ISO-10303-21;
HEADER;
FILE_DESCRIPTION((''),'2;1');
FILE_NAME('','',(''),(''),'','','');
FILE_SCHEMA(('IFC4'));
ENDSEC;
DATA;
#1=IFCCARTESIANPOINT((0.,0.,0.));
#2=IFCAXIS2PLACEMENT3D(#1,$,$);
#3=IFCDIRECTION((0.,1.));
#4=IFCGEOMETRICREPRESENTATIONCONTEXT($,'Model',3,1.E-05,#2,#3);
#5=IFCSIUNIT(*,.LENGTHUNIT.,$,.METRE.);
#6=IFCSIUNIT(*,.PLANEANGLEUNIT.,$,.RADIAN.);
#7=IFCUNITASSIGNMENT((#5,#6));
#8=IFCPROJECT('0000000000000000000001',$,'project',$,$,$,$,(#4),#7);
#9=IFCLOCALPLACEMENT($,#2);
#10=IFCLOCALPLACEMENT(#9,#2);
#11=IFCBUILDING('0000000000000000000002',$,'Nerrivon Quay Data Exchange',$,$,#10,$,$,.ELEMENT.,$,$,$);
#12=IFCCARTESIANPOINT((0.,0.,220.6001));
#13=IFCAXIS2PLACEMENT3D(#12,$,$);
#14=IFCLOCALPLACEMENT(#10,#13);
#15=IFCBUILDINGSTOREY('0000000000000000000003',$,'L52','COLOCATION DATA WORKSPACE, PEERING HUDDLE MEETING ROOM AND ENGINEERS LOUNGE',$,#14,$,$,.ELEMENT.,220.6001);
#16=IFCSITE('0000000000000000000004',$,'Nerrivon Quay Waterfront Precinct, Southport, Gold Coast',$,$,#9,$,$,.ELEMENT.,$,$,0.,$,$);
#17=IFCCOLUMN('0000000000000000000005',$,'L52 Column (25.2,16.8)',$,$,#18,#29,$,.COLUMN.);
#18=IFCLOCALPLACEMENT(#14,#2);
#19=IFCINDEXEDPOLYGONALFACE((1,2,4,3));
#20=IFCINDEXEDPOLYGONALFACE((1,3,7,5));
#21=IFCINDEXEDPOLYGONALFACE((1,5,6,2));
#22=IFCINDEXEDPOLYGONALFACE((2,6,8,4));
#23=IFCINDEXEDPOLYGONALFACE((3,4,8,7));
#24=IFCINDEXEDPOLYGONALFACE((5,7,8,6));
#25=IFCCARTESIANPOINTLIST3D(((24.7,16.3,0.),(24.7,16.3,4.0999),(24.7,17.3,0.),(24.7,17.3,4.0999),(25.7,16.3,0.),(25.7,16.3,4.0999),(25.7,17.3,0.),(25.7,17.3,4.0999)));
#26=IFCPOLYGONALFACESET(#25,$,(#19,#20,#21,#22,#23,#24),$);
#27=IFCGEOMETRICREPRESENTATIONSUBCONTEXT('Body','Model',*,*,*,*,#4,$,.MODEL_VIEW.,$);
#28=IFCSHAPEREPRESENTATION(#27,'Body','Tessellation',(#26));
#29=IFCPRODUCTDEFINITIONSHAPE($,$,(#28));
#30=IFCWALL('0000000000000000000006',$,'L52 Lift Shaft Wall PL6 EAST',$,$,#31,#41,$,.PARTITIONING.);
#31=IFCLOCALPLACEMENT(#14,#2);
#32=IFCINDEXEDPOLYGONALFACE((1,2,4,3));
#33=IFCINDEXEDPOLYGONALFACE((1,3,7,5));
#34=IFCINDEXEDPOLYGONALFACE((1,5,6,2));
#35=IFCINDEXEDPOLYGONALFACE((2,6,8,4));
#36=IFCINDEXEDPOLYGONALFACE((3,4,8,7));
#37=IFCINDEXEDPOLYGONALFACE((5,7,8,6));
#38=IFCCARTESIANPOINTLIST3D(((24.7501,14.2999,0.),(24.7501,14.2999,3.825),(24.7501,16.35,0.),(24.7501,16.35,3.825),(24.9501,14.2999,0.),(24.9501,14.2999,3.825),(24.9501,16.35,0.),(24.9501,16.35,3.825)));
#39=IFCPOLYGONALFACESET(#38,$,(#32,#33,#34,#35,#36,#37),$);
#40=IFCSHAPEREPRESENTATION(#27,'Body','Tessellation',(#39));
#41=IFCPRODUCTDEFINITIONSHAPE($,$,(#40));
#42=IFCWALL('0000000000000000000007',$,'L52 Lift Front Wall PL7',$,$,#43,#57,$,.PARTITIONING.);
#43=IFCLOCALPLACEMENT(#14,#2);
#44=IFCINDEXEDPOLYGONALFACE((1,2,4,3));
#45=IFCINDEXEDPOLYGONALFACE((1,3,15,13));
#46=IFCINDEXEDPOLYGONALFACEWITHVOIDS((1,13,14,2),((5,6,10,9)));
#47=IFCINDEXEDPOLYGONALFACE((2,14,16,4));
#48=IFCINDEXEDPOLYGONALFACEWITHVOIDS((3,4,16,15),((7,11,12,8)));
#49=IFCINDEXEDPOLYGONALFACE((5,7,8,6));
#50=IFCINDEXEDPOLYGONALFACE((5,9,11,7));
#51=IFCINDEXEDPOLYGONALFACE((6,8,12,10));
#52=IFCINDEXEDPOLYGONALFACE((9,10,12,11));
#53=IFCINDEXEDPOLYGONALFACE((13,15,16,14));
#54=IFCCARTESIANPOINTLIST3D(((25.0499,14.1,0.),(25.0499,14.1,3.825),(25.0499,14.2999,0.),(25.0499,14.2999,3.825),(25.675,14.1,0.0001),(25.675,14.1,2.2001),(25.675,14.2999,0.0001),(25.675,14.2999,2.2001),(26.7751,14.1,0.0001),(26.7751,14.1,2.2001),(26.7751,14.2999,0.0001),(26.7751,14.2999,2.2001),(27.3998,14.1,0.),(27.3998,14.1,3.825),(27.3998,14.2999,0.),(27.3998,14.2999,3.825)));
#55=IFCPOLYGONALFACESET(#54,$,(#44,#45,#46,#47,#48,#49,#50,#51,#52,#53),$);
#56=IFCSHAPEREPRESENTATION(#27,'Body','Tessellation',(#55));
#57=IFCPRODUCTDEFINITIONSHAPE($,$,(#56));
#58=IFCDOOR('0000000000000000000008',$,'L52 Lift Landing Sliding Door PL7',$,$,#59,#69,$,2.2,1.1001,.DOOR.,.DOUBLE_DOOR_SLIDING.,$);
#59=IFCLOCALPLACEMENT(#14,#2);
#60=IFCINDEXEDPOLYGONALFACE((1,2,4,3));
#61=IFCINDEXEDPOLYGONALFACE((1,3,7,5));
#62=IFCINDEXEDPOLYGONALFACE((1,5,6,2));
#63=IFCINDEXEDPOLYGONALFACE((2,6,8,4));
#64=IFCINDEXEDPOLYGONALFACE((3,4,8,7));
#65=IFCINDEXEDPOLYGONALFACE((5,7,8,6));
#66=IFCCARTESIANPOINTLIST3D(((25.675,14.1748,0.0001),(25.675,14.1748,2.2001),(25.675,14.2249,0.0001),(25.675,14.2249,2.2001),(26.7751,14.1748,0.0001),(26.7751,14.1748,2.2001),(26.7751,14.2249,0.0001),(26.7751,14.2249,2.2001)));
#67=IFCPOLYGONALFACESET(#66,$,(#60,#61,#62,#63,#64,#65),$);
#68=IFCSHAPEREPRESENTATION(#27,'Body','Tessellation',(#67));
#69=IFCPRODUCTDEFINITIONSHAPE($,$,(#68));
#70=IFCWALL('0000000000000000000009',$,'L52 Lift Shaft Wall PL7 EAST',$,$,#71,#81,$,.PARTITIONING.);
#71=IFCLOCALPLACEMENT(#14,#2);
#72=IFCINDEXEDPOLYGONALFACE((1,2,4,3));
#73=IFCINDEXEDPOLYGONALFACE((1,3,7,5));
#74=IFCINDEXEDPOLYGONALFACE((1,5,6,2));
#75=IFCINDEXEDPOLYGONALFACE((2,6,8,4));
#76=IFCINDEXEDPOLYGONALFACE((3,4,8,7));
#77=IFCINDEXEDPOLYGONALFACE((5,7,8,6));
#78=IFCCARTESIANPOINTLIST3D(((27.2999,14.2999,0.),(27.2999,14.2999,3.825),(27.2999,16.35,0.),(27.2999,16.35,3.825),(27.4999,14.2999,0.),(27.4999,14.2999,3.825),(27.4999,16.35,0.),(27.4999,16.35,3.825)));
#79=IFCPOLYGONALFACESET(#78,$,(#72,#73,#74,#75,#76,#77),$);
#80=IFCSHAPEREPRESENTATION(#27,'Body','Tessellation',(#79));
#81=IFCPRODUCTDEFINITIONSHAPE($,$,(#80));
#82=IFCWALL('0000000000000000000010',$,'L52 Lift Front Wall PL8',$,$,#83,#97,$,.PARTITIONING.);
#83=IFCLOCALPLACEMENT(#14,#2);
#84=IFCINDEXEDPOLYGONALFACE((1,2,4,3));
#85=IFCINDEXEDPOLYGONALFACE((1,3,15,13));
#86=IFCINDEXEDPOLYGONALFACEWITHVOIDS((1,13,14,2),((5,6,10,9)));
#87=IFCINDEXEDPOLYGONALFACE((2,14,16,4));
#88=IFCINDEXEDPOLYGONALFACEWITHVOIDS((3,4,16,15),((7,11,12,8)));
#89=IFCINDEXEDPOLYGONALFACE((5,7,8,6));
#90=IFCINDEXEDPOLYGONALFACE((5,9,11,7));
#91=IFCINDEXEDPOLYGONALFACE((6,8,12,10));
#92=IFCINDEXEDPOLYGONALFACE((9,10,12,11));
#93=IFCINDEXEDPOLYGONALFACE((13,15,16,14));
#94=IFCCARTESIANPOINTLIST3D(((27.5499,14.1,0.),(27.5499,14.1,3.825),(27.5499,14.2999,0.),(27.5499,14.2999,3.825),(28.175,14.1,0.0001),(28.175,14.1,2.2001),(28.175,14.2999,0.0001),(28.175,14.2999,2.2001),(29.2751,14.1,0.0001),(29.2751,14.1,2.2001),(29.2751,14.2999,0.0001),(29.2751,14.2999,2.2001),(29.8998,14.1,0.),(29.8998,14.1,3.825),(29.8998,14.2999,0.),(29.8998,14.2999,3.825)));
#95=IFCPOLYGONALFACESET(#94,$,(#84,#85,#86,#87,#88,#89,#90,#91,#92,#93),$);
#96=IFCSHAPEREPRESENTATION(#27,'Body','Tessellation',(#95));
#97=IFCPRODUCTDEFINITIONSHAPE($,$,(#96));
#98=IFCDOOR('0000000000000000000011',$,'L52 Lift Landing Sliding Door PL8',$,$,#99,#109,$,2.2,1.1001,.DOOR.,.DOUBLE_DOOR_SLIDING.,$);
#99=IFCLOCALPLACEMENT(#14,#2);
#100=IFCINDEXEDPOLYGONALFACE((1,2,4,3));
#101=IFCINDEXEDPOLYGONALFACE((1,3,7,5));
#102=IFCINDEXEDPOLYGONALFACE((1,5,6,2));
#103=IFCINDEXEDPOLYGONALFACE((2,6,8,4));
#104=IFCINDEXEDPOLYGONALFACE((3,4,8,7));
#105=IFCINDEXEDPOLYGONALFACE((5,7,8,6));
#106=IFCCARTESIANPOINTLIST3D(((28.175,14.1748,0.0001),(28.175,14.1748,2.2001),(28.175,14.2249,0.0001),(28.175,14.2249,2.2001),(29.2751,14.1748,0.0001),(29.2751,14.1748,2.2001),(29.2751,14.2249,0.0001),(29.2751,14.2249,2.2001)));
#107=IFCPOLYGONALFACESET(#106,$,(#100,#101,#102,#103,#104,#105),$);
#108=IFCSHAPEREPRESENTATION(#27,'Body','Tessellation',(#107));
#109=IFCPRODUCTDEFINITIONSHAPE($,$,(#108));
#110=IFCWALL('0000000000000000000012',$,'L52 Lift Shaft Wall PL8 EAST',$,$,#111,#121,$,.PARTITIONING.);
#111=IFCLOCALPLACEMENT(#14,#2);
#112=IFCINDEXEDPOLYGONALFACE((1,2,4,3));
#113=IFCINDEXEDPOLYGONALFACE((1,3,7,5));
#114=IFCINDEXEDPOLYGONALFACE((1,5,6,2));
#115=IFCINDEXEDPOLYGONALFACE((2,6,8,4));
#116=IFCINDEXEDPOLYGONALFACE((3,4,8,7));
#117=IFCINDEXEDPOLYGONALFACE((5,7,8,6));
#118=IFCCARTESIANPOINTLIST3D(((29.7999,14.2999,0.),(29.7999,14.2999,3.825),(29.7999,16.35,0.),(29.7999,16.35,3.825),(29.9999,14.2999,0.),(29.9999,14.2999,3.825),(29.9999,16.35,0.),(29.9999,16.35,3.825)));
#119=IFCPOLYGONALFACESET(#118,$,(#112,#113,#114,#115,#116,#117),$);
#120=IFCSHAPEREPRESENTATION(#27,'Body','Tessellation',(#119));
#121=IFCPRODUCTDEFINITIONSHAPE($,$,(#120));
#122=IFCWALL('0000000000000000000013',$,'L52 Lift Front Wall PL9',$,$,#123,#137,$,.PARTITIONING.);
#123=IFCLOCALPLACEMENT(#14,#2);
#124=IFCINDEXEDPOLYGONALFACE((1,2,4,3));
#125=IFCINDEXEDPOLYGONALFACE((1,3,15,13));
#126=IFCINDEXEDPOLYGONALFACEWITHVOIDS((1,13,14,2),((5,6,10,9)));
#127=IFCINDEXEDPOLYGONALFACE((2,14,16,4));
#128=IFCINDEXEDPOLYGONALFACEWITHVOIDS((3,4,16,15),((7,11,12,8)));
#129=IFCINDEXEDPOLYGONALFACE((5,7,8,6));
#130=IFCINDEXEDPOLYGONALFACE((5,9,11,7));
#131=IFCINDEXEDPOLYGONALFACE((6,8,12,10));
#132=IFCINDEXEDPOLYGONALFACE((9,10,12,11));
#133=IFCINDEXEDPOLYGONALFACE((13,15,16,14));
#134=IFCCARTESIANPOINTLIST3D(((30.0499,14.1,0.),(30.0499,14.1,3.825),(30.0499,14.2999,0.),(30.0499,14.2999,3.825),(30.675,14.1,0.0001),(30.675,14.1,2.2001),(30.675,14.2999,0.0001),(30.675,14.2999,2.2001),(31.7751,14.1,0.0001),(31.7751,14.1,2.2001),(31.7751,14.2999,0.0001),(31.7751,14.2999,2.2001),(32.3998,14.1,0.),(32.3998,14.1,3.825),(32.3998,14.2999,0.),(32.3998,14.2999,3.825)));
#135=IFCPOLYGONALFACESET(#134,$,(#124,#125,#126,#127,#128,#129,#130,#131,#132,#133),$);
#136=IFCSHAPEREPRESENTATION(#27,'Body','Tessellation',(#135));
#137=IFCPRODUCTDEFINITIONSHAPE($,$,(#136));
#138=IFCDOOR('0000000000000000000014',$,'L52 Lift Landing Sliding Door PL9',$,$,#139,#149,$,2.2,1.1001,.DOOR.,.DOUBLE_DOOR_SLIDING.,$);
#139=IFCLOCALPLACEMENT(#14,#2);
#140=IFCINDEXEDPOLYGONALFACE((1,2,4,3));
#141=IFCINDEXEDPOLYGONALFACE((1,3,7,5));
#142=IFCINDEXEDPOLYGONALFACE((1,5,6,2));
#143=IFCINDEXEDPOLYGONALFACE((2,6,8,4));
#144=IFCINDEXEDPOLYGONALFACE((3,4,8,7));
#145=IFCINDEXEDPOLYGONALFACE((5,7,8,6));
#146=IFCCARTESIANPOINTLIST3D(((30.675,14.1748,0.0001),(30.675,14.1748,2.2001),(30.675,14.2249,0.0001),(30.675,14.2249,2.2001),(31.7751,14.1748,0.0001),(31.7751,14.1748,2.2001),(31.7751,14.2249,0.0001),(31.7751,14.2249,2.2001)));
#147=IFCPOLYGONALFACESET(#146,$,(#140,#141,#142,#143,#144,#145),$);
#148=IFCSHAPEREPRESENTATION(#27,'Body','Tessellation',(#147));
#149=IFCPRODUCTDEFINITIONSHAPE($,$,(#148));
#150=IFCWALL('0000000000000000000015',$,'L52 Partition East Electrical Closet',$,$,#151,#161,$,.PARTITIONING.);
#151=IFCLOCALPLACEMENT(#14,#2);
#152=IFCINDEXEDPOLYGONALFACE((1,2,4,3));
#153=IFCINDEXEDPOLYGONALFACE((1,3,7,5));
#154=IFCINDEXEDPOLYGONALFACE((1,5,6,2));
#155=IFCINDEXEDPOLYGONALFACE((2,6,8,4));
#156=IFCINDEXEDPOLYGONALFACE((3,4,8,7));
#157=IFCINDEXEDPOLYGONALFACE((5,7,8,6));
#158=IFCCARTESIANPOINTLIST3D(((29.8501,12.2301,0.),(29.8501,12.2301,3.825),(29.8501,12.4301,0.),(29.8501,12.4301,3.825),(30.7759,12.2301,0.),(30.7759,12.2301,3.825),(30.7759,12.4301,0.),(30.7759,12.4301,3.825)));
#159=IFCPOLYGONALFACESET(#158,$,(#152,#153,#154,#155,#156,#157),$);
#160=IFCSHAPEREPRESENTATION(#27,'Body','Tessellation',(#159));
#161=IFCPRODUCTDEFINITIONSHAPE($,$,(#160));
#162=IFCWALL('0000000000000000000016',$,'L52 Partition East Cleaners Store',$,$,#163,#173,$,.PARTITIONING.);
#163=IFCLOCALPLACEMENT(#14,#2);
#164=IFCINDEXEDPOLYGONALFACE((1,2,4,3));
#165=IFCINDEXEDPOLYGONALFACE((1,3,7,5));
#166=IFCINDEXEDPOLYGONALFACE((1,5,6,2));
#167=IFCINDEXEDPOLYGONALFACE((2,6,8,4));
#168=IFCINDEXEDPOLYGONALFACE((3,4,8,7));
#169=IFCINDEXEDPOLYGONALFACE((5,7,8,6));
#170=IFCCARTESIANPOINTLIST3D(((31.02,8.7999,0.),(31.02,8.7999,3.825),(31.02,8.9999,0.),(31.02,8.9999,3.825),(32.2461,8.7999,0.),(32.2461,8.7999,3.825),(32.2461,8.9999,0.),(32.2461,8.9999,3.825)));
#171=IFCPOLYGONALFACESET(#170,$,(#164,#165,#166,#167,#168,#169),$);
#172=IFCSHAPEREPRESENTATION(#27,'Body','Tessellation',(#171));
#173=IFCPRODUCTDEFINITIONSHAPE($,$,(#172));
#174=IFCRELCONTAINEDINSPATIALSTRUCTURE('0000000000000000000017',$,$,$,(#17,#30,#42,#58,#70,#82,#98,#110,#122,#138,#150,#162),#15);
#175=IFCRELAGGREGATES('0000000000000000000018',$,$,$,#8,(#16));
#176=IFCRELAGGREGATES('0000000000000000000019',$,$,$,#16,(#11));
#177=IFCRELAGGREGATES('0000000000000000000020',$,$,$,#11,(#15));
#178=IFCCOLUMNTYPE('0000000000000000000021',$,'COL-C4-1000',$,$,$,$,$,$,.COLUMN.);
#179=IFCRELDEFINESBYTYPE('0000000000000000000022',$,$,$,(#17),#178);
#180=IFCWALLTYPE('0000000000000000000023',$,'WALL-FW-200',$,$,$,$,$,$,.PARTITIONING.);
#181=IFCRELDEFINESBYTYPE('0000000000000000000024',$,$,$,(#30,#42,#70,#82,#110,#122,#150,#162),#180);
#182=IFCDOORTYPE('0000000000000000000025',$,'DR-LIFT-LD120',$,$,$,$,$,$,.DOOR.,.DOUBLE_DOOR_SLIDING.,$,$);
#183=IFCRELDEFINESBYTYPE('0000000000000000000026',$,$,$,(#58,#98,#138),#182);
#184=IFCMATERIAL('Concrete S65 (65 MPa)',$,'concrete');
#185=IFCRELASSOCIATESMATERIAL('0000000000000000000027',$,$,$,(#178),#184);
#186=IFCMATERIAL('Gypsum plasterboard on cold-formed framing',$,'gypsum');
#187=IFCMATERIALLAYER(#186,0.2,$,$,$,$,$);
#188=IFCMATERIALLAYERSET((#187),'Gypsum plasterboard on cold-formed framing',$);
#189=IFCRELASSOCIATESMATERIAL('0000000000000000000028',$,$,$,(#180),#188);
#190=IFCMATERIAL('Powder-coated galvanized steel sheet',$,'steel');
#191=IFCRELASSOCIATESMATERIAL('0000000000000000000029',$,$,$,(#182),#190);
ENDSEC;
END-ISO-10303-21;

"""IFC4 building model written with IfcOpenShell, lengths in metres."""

from ifc_helpers import new_model, si_unit, direction, frame, frame_2d, origin, origin_2d, place, context, subcontext, project, spatial, rectangle, extrude, material, layer, layer_set, material_profile, profile_set, type_object, element, fill, save


model = new_model("IFC4")

# Units and contexts
model_context = context("Model", 3, precision=1e-05, world=origin(), true_north=direction((0.0, 1.0)))
body_context = subcontext(model_context, "Body", "Model", "MODEL_VIEW")
ifc_project = project(units=[si_unit("LENGTHUNIT", "METRE"), si_unit("PLANEANGLEUNIT", "RADIAN")], contexts=[model_context])

# Site, building, storey
site_placement = place(None, origin())
site = spatial("IfcSite", under=ifc_project, at=site_placement, Name="Nerrivon Quay Waterfront Precinct, Southport, Gold Coast", CompositionType="ELEMENT", RefElevation=0.0)
building_placement = place(site_placement, origin())
building = spatial("IfcBuilding", under=site, at=building_placement, Name="Nerrivon Quay Data Exchange", CompositionType="ELEMENT")
storey_placement = place(building_placement, frame((0.0, 0.0, 220.6001)))
storey = spatial("IfcBuildingStorey", under=building, at=storey_placement, Name="L52", Description="COLOCATION DATA WORKSPACE, PEERING HUDDLE MEETING ROOM AND ENGINEERS LOUNGE", CompositionType="ELEMENT", Elevation=220.6001)

# Column
ifc_material_1 = material(Name="Concrete S65 (65 MPa)", Category="concrete")
ifc_material_profile = material_profile(ifc_material_1, rectangle(XDim=1.0, YDim=1.0, at=origin_2d()), Name="RC-COL-1000x1000")
ifc_profile_set = profile_set([ifc_material_profile], Name="Concrete S65 (65 MPa)")
column_type = type_object("IfcColumnType", Name="COL-C4-1000", PredefinedType="COLUMN", material=ifc_profile_set)
column_placement = place(storey_placement, frame((25.2, 16.8, 0.0), z_axis=(0.0, 0.0, 1.0), x_axis=(1.0, 0.0, 0.0)))
element("IfcColumn", 1, at=column_placement, inside=storey, type_object=column_type, Name="L52 Column (25.2,16.8)", PredefinedType="COLUMN", context=body_context, shape_type="SweptSolid", body=[
    extrude(rectangle(XDim=1.0, YDim=1.0, at=origin_2d()), origin(), (0.0, 0.0, 1.0), 4.0999),
])

# Wall
ifc_material_2 = material(Name="Gypsum plasterboard on cold-formed framing", Category="gypsum")
ifc_layer = layer(ifc_material_2, 0.2)
ifc_layer_set = layer_set([ifc_layer], Name="Gypsum plasterboard on cold-formed framing")
wall_type = type_object("IfcWallType", Name="WALL-FW-200", PredefinedType="PARTITIONING", material=ifc_layer_set)
wall_1_placement = place(storey_placement, frame((24.8501, 14.3, 0.0), z_axis=(0.0, 0.0, 1.0), x_axis=(0.0, 1.0, 0.0)))
element("IfcWall", 2, at=wall_1_placement, inside=storey, type_object=wall_type, Name="L52 Lift Shaft Wall PL6 EAST", PredefinedType="PARTITIONING", context=body_context, shape_type="SweptSolid", body=[
    extrude(rectangle(XDim=2.05, YDim=0.2, at=frame_2d((1.0249, 0.0))), origin(), (0.0, 0.0, 1.0), 3.825),
])

# Wall, opening, door
wall_2_placement = place(storey_placement, frame((25.05, 14.2, 0.0), z_axis=(0.0, 0.0, 1.0), x_axis=(1.0, 0.0, 0.0)))
wall_2 = element("IfcWall", 3, at=wall_2_placement, inside=storey, type_object=wall_type, Name="L52 Lift Front Wall PL7", PredefinedType="PARTITIONING", context=body_context, shape_type="SweptSolid", body=[
    extrude(rectangle(XDim=2.3499, YDim=0.2, at=frame_2d((1.1748, 0.0))), origin(), (0.0, 0.0, 1.0), 3.825),
])
opening_1_placement = place(wall_2_placement, frame((0.625, 0.0, 0.0)))
opening_1 = element("IfcOpeningElement", 4, at=opening_1_placement, cuts=wall_2, PredefinedType="OPENING", context=body_context, shape_type="SweptSolid", body=[
    extrude(rectangle(XDim=1.1001, YDim=2.2, at=frame_2d((0.55, 1.1001))), frame((0.0, 0.1099, 0.0), z_axis=(0.0, -1.0, 0.0), x_axis=(1.0, 0.0, 0.0)), (0.0, 0.0, 1.0), 0.22),
])
ifc_material_3 = material(Name="Powder-coated galvanized steel sheet", Category="steel")
door_type_1 = type_object("IfcDoorType", Name="DR-LIFT-LD120", OperationType="DOUBLE_DOOR_SLIDING", PredefinedType="DOOR", material=ifc_material_3)
door_1_placement = place(opening_1_placement, origin())
door_1 = element("IfcDoor", 5, at=door_1_placement, inside=storey, type_object=door_type_1, Name="L52 Lift Landing Sliding Door PL7", OperationType="DOUBLE_DOOR_SLIDING", OverallHeight=2.2, OverallWidth=1.1001, PredefinedType="DOOR", context=body_context, shape_type="SweptSolid", body=[
    extrude(rectangle(XDim=1.1001, YDim=2.2, at=frame_2d((0.55, 1.1001))), frame((0.0, 0.0249, 0.0), z_axis=(0.0, -1.0, 0.0), x_axis=(1.0, 0.0, 0.0)), (0.0, 0.0, 1.0), 0.05),
])
fill(opening_1, door_1)

# Wall
wall_3_placement = place(storey_placement, frame((27.3999, 14.3, 0.0), z_axis=(0.0, 0.0, 1.0), x_axis=(0.0, 1.0, 0.0)))
element("IfcWall", 6, at=wall_3_placement, inside=storey, type_object=wall_type, Name="L52 Lift Shaft Wall PL7 EAST", PredefinedType="PARTITIONING", context=body_context, shape_type="SweptSolid", body=[
    extrude(rectangle(XDim=2.05, YDim=0.2, at=frame_2d((1.0249, 0.0))), origin(), (0.0, 0.0, 1.0), 3.825),
])

# Wall, opening, door
wall_4_placement = place(storey_placement, frame((27.55, 14.2, 0.0), z_axis=(0.0, 0.0, 1.0), x_axis=(1.0, 0.0, 0.0)))
wall_4 = element("IfcWall", 7, at=wall_4_placement, inside=storey, type_object=wall_type, Name="L52 Lift Front Wall PL8", PredefinedType="PARTITIONING", context=body_context, shape_type="SweptSolid", body=[
    extrude(rectangle(XDim=2.3499, YDim=0.2, at=frame_2d((1.1748, 0.0))), origin(), (0.0, 0.0, 1.0), 3.825),
])
opening_2_placement = place(wall_4_placement, frame((0.625, 0.0, 0.0)))
opening_2 = element("IfcOpeningElement", 8, at=opening_2_placement, cuts=wall_4, PredefinedType="OPENING", context=body_context, shape_type="SweptSolid", body=[
    extrude(rectangle(XDim=1.1001, YDim=2.2, at=frame_2d((0.55, 1.1001))), frame((0.0, 0.1099, 0.0), z_axis=(0.0, -1.0, 0.0), x_axis=(1.0, 0.0, 0.0)), (0.0, 0.0, 1.0), 0.22),
])
door_2_placement = place(opening_2_placement, origin())
door_2 = element("IfcDoor", 9, at=door_2_placement, inside=storey, type_object=door_type_1, Name="L52 Lift Landing Sliding Door PL8", OperationType="DOUBLE_DOOR_SLIDING", OverallHeight=2.2, OverallWidth=1.1001, PredefinedType="DOOR", context=body_context, shape_type="SweptSolid", body=[
    extrude(rectangle(XDim=1.1001, YDim=2.2, at=frame_2d((0.55, 1.1001))), frame((0.0, 0.0249, 0.0), z_axis=(0.0, -1.0, 0.0), x_axis=(1.0, 0.0, 0.0)), (0.0, 0.0, 1.0), 0.05),
])
fill(opening_2, door_2)

# Wall
wall_5_placement = place(storey_placement, frame((29.8999, 14.3, 0.0), z_axis=(0.0, 0.0, 1.0), x_axis=(0.0, 1.0, 0.0)))
element("IfcWall", 10, at=wall_5_placement, inside=storey, type_object=wall_type, Name="L52 Lift Shaft Wall PL8 EAST", PredefinedType="PARTITIONING", context=body_context, shape_type="SweptSolid", body=[
    extrude(rectangle(XDim=2.05, YDim=0.2, at=frame_2d((1.0249, 0.0))), origin(), (0.0, 0.0, 1.0), 3.825),
])

# Wall, opening, door
wall_6_placement = place(storey_placement, frame((30.05, 14.2, 0.0), z_axis=(0.0, 0.0, 1.0), x_axis=(1.0, 0.0, 0.0)))
wall_6 = element("IfcWall", 11, at=wall_6_placement, inside=storey, type_object=wall_type, Name="L52 Lift Front Wall PL9", PredefinedType="PARTITIONING", context=body_context, shape_type="SweptSolid", body=[
    extrude(rectangle(XDim=2.3499, YDim=0.2, at=frame_2d((1.1748, 0.0))), origin(), (0.0, 0.0, 1.0), 3.825),
])
opening_3_placement = place(wall_6_placement, frame((0.625, 0.0, 0.0)))
opening_3 = element("IfcOpeningElement", 12, at=opening_3_placement, cuts=wall_6, PredefinedType="OPENING", context=body_context, shape_type="SweptSolid", body=[
    extrude(rectangle(XDim=1.1001, YDim=2.2, at=frame_2d((0.55, 1.1001))), frame((0.0, 0.1099, 0.0), z_axis=(0.0, -1.0, 0.0), x_axis=(1.0, 0.0, 0.0)), (0.0, 0.0, 1.0), 0.22),
])
door_3_placement = place(opening_3_placement, origin())
door_3 = element("IfcDoor", 13, at=door_3_placement, inside=storey, type_object=door_type_1, Name="L52 Lift Landing Sliding Door PL9", OperationType="DOUBLE_DOOR_SLIDING", OverallHeight=2.2, OverallWidth=1.1001, PredefinedType="DOOR", context=body_context, shape_type="SweptSolid", body=[
    extrude(rectangle(XDim=1.1001, YDim=2.2, at=frame_2d((0.55, 1.1001))), frame((0.0, 0.0249, 0.0), z_axis=(0.0, -1.0, 0.0), x_axis=(1.0, 0.0, 0.0)), (0.0, 0.0, 1.0), 0.05),
])
fill(opening_3, door_3)

# Wall
wall_7_placement = place(storey_placement, frame((30.7759, 12.3301, 0.0), z_axis=(0.0, 0.0, 1.0), x_axis=(-1.0, 0.0, 0.0)))
element("IfcWall", 14, at=wall_7_placement, inside=storey, type_object=wall_type, Name="L52 Partition East Electrical Closet", PredefinedType="PARTITIONING", context=body_context, shape_type="SweptSolid", body=[
    extrude(rectangle(XDim=0.9258, YDim=0.2, at=frame_2d((0.4629, 0.0))), origin(), (0.0, 0.0, 1.0), 3.825),
])

# Wall
wall_8_placement = place(storey_placement, frame((31.02, 8.8999, 0.0), z_axis=(0.0, 0.0, 1.0), x_axis=(1.0, 0.0, 0.0)))
element("IfcWall", 15, at=wall_8_placement, inside=storey, type_object=wall_type, Name="L52 Partition East Cleaners Store", PredefinedType="PARTITIONING", context=body_context, shape_type="SweptSolid", body=[
    extrude(rectangle(XDim=1.2261, YDim=0.2, at=frame_2d((0.613, 0.0))), origin(), (0.0, 0.0, 1.0), 3.825),
])

save(model, "model.ifc")
